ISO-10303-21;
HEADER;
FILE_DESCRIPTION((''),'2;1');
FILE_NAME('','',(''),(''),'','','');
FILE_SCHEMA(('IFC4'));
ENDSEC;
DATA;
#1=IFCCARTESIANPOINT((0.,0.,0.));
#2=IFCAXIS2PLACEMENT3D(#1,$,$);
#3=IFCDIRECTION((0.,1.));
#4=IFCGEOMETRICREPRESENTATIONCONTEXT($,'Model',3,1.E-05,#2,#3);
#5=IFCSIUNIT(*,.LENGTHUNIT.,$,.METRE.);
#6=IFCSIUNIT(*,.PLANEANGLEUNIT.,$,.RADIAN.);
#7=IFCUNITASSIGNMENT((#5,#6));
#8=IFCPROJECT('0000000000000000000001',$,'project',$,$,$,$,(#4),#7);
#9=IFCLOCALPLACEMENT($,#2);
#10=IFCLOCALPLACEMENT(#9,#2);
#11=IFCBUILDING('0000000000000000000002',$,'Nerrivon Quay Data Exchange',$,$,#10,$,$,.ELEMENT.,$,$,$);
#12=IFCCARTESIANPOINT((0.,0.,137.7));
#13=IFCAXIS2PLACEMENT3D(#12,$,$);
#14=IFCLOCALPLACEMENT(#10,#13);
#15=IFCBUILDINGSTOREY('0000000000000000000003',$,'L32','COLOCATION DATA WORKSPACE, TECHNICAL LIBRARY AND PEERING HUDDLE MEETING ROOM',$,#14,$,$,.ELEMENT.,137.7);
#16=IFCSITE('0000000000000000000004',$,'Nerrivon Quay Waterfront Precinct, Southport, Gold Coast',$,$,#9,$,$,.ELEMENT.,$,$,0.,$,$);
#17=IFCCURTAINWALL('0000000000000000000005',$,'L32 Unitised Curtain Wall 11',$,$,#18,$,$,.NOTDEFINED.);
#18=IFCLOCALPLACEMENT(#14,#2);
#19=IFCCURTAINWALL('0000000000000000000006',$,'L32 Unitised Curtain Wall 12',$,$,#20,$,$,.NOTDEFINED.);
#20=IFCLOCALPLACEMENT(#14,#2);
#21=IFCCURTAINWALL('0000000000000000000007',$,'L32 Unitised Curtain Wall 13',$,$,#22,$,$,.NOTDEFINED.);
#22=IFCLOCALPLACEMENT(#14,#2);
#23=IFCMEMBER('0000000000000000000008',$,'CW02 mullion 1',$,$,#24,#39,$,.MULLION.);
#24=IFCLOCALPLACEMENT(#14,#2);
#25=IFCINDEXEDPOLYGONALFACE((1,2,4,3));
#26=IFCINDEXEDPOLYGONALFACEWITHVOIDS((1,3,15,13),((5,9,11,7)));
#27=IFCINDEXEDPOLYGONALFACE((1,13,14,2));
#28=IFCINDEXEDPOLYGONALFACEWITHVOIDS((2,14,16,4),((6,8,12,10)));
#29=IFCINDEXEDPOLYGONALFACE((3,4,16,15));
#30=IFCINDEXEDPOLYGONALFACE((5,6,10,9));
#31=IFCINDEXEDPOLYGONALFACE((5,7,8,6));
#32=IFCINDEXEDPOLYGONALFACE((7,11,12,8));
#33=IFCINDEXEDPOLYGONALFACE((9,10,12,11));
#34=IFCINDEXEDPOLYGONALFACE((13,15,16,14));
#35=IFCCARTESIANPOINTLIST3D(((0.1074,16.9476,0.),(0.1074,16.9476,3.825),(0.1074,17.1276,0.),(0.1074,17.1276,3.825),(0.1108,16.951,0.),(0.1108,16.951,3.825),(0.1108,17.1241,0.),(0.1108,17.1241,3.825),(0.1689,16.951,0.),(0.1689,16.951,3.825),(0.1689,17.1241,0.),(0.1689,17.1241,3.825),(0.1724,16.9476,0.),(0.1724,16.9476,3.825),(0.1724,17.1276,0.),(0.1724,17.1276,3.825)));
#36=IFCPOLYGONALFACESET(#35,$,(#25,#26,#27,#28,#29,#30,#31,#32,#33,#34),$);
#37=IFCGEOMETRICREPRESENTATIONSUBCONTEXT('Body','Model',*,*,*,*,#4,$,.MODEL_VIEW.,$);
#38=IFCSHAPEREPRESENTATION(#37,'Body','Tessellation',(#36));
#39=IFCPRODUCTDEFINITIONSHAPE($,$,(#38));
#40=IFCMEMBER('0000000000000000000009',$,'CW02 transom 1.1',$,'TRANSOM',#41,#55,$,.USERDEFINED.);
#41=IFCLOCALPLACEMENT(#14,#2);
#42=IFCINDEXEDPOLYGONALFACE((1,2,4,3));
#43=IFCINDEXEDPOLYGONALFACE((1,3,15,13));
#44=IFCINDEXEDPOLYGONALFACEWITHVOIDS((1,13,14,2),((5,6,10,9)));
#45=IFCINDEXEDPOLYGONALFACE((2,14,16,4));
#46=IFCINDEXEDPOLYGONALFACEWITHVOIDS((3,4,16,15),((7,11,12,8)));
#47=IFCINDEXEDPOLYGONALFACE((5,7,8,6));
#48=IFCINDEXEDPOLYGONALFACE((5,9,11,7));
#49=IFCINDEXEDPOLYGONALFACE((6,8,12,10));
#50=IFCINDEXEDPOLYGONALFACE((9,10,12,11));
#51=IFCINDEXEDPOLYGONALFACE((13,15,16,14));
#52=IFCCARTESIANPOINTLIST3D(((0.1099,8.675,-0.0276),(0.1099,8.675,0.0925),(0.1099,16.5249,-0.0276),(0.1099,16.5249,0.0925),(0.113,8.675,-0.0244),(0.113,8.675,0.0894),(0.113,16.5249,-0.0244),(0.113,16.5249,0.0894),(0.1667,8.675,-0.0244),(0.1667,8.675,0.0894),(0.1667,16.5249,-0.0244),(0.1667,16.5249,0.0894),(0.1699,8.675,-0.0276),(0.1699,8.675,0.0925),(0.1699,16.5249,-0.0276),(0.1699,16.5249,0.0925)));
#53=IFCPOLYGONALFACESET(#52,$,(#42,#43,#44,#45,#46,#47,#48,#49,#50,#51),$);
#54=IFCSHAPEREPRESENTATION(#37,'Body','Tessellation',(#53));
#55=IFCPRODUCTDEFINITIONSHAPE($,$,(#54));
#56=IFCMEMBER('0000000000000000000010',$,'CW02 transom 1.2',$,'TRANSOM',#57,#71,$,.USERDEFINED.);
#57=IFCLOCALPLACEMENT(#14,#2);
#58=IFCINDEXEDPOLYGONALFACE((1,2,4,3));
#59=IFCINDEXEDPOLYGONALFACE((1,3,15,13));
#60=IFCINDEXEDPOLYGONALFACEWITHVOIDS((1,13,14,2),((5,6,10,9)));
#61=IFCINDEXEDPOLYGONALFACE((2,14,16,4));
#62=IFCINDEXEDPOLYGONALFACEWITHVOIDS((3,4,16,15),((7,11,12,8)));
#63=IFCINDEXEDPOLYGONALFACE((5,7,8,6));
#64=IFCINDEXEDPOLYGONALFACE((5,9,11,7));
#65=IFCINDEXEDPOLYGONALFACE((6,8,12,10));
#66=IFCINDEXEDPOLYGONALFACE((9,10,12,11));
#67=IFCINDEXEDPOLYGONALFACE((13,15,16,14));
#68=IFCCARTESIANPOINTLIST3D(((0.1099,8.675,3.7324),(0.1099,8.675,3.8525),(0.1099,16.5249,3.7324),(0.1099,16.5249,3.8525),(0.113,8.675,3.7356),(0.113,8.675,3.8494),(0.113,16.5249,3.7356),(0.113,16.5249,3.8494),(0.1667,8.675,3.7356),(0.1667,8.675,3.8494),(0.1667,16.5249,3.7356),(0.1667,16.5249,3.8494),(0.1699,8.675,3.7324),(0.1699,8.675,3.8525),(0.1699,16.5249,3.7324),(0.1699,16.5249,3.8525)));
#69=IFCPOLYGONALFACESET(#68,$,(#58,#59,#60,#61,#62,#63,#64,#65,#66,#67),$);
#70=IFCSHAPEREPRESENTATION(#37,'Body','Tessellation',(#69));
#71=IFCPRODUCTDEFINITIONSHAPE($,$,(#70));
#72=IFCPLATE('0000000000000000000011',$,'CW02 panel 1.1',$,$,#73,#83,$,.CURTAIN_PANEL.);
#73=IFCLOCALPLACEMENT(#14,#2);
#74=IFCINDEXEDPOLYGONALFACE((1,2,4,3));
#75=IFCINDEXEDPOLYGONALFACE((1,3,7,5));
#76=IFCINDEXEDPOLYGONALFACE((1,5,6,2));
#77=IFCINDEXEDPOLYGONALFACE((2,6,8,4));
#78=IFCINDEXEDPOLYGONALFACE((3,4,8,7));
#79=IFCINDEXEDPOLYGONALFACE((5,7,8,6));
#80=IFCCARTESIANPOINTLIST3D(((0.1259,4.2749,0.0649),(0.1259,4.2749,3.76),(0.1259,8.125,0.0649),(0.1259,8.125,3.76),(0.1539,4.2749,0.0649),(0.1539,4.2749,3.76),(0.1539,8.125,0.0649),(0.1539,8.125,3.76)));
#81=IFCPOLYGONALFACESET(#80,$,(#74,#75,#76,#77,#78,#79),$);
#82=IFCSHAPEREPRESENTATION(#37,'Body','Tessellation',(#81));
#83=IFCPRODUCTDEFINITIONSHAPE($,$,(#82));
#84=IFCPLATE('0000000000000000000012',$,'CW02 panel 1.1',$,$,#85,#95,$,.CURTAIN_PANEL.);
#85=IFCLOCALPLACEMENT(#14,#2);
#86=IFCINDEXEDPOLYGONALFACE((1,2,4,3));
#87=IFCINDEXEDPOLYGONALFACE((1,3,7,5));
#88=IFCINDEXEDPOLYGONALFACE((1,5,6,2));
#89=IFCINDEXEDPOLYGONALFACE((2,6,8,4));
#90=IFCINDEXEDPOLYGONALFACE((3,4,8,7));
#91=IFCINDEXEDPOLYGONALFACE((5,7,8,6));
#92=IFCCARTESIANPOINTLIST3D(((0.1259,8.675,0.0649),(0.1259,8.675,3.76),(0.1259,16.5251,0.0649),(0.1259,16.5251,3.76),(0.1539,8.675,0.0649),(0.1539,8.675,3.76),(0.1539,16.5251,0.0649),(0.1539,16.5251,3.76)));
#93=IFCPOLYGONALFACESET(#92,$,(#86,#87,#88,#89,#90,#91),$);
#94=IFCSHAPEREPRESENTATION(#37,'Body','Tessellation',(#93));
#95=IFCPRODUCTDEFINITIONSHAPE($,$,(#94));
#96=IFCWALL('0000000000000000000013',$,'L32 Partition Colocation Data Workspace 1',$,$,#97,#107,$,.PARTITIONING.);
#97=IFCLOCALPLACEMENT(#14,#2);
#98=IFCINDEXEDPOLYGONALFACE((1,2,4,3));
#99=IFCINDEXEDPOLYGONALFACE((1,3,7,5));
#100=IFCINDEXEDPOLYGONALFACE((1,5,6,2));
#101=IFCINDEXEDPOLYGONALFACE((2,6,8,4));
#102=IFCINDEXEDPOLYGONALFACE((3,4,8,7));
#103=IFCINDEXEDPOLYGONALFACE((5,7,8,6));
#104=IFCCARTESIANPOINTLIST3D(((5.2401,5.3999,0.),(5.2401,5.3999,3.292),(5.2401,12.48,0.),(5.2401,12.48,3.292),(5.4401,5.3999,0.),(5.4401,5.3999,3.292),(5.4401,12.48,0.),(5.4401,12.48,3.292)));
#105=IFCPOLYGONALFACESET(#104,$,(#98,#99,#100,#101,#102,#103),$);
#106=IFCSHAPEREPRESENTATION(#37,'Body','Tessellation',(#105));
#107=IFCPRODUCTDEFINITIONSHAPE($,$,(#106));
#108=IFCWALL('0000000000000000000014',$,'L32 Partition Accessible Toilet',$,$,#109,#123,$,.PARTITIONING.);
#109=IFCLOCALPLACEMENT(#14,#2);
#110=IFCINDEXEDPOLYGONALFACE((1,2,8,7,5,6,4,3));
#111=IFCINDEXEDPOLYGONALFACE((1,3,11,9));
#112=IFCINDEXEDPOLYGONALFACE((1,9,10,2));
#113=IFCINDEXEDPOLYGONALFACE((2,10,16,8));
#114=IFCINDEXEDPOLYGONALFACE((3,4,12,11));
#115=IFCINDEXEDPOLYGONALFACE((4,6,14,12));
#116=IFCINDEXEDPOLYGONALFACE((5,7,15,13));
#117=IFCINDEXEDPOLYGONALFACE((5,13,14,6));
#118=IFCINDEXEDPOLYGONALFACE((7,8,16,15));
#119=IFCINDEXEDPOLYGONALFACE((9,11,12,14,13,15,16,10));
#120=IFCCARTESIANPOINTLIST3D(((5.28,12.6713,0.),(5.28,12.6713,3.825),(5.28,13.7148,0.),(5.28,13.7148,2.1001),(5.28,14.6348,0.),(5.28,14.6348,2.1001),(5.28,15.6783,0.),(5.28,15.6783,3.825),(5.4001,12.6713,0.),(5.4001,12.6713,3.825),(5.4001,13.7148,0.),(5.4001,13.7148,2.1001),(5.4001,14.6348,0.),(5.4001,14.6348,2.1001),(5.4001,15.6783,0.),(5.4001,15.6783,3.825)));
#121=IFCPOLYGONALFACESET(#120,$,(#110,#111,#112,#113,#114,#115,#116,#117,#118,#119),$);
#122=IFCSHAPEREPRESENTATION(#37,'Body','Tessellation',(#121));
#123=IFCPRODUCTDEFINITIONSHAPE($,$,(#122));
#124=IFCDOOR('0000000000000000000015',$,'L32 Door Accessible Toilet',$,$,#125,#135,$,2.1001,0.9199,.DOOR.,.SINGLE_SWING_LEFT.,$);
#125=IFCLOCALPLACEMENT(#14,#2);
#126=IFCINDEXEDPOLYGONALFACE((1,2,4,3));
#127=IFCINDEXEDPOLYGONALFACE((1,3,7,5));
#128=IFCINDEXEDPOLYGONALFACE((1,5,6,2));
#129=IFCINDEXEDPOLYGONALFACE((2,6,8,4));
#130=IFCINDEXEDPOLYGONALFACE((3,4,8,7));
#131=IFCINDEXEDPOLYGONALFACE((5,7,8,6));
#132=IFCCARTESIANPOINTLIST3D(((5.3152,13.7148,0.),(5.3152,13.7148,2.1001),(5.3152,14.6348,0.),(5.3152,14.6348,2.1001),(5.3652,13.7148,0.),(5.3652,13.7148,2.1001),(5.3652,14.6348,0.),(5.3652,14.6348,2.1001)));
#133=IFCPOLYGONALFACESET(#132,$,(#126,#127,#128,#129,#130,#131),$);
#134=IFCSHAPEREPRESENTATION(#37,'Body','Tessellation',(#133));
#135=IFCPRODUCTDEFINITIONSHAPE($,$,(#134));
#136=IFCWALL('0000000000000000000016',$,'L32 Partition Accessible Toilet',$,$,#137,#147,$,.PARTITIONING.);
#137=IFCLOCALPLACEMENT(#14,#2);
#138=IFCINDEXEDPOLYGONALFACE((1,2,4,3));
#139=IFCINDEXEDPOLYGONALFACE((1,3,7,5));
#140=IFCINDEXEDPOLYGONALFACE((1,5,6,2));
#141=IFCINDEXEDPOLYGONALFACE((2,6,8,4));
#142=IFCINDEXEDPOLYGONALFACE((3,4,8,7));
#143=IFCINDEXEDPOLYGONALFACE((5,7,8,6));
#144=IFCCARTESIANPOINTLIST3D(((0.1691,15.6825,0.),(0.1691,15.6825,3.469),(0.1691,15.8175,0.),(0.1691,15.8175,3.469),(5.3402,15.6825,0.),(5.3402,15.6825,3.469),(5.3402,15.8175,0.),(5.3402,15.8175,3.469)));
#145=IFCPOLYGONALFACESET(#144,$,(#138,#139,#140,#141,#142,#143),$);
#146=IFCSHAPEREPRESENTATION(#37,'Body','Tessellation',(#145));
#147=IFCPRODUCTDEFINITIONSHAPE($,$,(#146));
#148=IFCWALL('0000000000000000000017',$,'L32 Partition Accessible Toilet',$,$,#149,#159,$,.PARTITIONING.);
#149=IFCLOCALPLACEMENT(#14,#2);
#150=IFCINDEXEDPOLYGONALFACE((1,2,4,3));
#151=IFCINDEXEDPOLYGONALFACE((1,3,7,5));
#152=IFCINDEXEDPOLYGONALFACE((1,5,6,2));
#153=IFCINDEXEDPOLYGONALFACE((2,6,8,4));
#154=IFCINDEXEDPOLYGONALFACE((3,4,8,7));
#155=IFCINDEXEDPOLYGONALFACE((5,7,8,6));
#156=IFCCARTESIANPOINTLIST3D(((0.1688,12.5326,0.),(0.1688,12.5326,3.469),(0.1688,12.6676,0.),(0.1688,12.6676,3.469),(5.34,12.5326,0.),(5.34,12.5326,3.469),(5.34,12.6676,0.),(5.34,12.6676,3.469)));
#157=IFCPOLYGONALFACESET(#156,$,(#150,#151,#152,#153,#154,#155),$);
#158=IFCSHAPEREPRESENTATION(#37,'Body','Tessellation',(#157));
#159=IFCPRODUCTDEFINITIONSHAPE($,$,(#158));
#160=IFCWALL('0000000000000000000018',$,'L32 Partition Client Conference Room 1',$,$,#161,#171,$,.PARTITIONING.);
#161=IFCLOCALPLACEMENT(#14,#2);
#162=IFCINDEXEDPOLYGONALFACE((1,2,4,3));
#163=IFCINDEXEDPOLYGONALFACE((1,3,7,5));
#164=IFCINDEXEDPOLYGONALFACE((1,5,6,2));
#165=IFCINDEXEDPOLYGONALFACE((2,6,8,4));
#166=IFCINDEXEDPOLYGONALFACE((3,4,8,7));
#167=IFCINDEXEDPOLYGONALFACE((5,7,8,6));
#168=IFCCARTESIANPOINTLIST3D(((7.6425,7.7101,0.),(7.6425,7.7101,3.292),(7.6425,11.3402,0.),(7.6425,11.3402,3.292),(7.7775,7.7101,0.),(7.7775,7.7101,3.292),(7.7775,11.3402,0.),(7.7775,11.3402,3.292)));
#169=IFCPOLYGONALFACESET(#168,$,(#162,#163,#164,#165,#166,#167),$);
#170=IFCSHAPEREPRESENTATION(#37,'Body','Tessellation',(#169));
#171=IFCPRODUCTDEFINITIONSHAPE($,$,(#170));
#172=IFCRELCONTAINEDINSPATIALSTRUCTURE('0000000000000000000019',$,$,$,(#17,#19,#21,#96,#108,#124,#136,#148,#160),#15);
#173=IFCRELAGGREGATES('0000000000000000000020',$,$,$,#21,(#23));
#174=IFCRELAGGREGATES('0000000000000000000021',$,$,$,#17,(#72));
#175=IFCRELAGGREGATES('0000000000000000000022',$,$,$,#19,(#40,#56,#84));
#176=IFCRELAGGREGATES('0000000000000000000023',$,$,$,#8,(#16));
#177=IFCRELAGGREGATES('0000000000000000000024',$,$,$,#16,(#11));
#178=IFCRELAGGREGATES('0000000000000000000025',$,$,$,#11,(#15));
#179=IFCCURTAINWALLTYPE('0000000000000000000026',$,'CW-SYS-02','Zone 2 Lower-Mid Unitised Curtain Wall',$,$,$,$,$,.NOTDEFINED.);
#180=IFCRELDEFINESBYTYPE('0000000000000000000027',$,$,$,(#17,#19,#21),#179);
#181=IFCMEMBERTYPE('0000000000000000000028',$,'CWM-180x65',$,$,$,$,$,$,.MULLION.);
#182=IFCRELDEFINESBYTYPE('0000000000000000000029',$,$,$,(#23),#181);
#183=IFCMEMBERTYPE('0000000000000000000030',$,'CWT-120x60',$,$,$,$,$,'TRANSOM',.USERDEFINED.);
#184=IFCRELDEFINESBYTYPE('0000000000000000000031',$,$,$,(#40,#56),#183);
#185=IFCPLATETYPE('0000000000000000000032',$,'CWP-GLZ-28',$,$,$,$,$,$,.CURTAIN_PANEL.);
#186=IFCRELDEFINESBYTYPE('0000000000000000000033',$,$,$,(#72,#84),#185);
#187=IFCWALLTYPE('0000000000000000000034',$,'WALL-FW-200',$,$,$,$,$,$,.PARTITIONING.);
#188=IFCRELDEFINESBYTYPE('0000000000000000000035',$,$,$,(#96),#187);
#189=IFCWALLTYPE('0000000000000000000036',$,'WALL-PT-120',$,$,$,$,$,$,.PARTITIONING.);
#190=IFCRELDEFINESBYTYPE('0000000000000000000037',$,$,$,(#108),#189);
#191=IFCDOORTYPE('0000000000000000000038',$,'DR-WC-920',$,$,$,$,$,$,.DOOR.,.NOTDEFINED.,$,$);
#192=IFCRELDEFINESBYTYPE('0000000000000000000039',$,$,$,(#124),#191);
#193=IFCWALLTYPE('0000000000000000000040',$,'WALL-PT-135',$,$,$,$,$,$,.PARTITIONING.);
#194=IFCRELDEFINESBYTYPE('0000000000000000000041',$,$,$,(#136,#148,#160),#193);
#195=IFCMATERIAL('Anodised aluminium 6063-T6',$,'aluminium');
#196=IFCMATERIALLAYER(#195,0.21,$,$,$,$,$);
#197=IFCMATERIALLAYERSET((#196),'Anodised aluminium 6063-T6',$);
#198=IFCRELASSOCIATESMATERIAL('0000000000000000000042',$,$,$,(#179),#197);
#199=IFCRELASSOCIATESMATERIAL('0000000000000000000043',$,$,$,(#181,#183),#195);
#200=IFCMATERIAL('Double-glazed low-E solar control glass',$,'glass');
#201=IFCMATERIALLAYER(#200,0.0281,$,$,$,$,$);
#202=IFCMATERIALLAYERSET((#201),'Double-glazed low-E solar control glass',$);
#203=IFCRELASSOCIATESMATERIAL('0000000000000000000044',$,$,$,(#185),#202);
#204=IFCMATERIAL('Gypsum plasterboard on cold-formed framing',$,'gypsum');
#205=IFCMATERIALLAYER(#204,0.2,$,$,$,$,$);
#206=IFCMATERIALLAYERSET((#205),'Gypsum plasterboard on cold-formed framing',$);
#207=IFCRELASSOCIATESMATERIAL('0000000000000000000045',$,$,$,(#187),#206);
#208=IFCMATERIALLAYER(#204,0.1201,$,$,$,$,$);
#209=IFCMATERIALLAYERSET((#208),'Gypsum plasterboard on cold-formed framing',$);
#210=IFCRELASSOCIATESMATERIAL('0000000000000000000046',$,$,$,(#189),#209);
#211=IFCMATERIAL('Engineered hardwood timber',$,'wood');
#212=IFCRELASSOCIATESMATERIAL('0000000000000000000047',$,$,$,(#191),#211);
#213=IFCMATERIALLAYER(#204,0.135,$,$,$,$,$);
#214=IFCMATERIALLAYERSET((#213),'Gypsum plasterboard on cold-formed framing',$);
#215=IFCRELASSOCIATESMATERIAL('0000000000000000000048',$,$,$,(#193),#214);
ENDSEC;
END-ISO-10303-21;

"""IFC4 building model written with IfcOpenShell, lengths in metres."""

from ifc_helpers import new_model, si_unit, direction, frame, frame_2d, origin, origin_2d, place, context, subcontext, project, spatial, rectangle, hollow_rectangle, extrude, material, layer, layer_set, material_profile, profile_set, type_object, element, fill, aggregate, save


model = new_model("IFC4")

# Units and contexts
model_context = context("Model", 3, precision=1e-05, world=origin(), true_north=direction((0.0, 1.0)))
body_context = subcontext(model_context, "Body", "Model", "MODEL_VIEW")
ifc_project = project(units=[si_unit("LENGTHUNIT", "METRE"), si_unit("PLANEANGLEUNIT", "RADIAN")], contexts=[model_context])

# Site, building, storey
site_placement = place(None, origin())
site = spatial("IfcSite", under=ifc_project, at=site_placement, Name="Nerrivon Quay Waterfront Precinct, Southport, Gold Coast", CompositionType="ELEMENT", RefElevation=0.0)
building_placement = place(site_placement, origin())
building = spatial("IfcBuilding", under=site, at=building_placement, Name="Nerrivon Quay Data Exchange", CompositionType="ELEMENT")
storey_placement = place(building_placement, frame((0.0, 0.0, 137.7)))
storey = spatial("IfcBuildingStorey", under=building, at=storey_placement, Name="L32", Description="COLOCATION DATA WORKSPACE, TECHNICAL LIBRARY AND PEERING HUDDLE MEETING ROOM", CompositionType="ELEMENT", Elevation=137.7)

# Curtain wall
ifc_material_1 = material(Name="Anodised aluminium 6063-T6", Category="aluminium")
ifc_layer_1 = layer(ifc_material_1, 0.21)
ifc_layer_set_1 = layer_set([ifc_layer_1], Name="Anodised aluminium 6063-T6")
curtain_wall_type = type_object("IfcCurtainWallType", Name="CW-SYS-02", Description="Zone 2 Lower-Mid Unitised Curtain Wall", PredefinedType="NOTDEFINED", material=ifc_layer_set_1)
curtain_wall_1_placement = place(storey_placement, origin())
curtain_wall_1 = element("IfcCurtainWall", 1, at=curtain_wall_1_placement, inside=storey, type_object=curtain_wall_type, Name="L32 Unitised Curtain Wall 11", PredefinedType="NOTDEFINED")
ifc_material_profile_1 = material_profile(ifc_material_1, hollow_rectangle(XDim=0.0649, YDim=0.1799, WallThickness=0.0034, at=origin_2d()), Name="ALU-MULL-180x65")
ifc_profile_set_1 = profile_set([ifc_material_profile_1], Name="Anodised aluminium 6063-T6")
member_type_1 = type_object("IfcMemberType", Name="CWM-180x65", PredefinedType="MULLION", material=ifc_profile_set_1)

# Curtain wall
curtain_wall_2_placement = place(storey_placement, origin())
curtain_wall_2 = element("IfcCurtainWall", 2, at=curtain_wall_2_placement, inside=storey, type_object=curtain_wall_type, Name="L32 Unitised Curtain Wall 12", PredefinedType="NOTDEFINED")

# Curtain wall, member
curtain_wall_3_placement = place(storey_placement, origin())
curtain_wall_3 = element("IfcCurtainWall", 3, at=curtain_wall_3_placement, inside=storey, type_object=curtain_wall_type, Name="L32 Unitised Curtain Wall 13", PredefinedType="NOTDEFINED")
member_1_placement = place(storey_placement, frame((0.1399, 17.0376, 0.0), z_axis=(0.0, 0.0, 1.0), x_axis=(-1.0, 0.0, 0.0)))
member_1 = element("IfcMember", 4, at=member_1_placement, type_object=member_type_1, Name="CW02 mullion 1", PredefinedType="MULLION", context=body_context, shape_type="SweptSolid", body=[
    extrude(hollow_rectangle(XDim=0.0649, YDim=0.1799, WallThickness=0.0034, at=origin_2d()), origin(), (0.0, 0.0, 1.0), 3.825),
])
aggregate(curtain_wall_3, [member_1])

# Members
ifc_material_profile_2 = material_profile(ifc_material_1, hollow_rectangle(XDim=0.0601, YDim=0.1201, WallThickness=0.0032, at=origin_2d()), Name="ALU-TRAN-120x60")
ifc_profile_set_2 = profile_set([ifc_material_profile_2], Name="Anodised aluminium 6063-T6")
member_type_2 = type_object("IfcMemberType", Name="CWT-120x60", ElementType="TRANSOM", PredefinedType="USERDEFINED", material=ifc_profile_set_2)
member_2_placement = place(storey_placement, frame((0.1399, 8.675, 0.0325), z_axis=(0.0, 1.0, 0.0), x_axis=(-1.0, 0.0, 0.0)))
member_2 = element("IfcMember", 5, at=member_2_placement, type_object=member_type_2, Name="CW02 transom 1.1", ObjectType="TRANSOM", PredefinedType="USERDEFINED", context=body_context, shape_type="SweptSolid", body=[
    extrude(hollow_rectangle(XDim=0.0601, YDim=0.1201, WallThickness=0.0032, at=origin_2d()), origin(), (0.0, 0.0, 1.0), 7.8499),
])
member_3_placement = place(storey_placement, frame((0.1399, 8.675, 3.7925), z_axis=(0.0, 1.0, 0.0), x_axis=(-1.0, 0.0, 0.0)))
member_3 = element("IfcMember", 6, at=member_3_placement, type_object=member_type_2, Name="CW02 transom 1.2", ObjectType="TRANSOM", PredefinedType="USERDEFINED", context=body_context, shape_type="SweptSolid", body=[
    extrude(hollow_rectangle(XDim=0.0601, YDim=0.1201, WallThickness=0.0032, at=origin_2d()), origin(), (0.0, 0.0, 1.0), 7.8499),
])

# Plates
ifc_material_2 = material(Name="Double-glazed low-E solar control glass", Category="glass")
ifc_layer_2 = layer(ifc_material_2, 0.0281)
ifc_layer_set_2 = layer_set([ifc_layer_2], Name="Double-glazed low-E solar control glass")
plate_type = type_object("IfcPlateType", Name="CWP-GLZ-28", PredefinedType="CURTAIN_PANEL", material=ifc_layer_set_2)
plate_1_placement = place(storey_placement, frame((0.1399, 6.2, 0.0649), z_axis=(0.0, 0.0, 1.0), x_axis=(0.0, 1.0, 0.0)))
plate_1 = element("IfcPlate", 7, at=plate_1_placement, type_object=plate_type, Name="CW02 panel 1.1", PredefinedType="CURTAIN_PANEL", context=body_context, shape_type="SweptSolid", body=[
    extrude(rectangle(XDim=3.8501, YDim=0.0281, at=origin_2d()), origin(), (0.0, 0.0, 1.0), 3.6951),
])
aggregate(curtain_wall_1, [plate_1])
plate_2_placement = place(storey_placement, frame((0.1399, 12.6001, 0.0649), z_axis=(0.0, 0.0, 1.0), x_axis=(0.0, 1.0, 0.0)))
plate_2 = element("IfcPlate", 8, at=plate_2_placement, type_object=plate_type, Name="CW02 panel 1.1", PredefinedType="CURTAIN_PANEL", context=body_context, shape_type="SweptSolid", body=[
    extrude(rectangle(XDim=7.8501, YDim=0.0281, at=origin_2d()), origin(), (0.0, 0.0, 1.0), 3.6951),
])
aggregate(curtain_wall_2, [member_2, member_3, plate_2])

# Wall
ifc_material_3 = material(Name="Gypsum plasterboard on cold-formed framing", Category="gypsum")
ifc_layer_3 = layer(ifc_material_3, 0.2)
ifc_layer_set_3 = layer_set([ifc_layer_3], Name="Gypsum plasterboard on cold-formed framing")
wall_type_1 = type_object("IfcWallType", Name="WALL-FW-200", PredefinedType="PARTITIONING", material=ifc_layer_set_3)
wall_1_placement = place(storey_placement, frame((5.3401, 5.3999, 0.0), z_axis=(0.0, 0.0, 1.0), x_axis=(0.0, 1.0, 0.0)))
element("IfcWall", 9, at=wall_1_placement, inside=storey, type_object=wall_type_1, Name="L32 Partition Colocation Data Workspace 1", PredefinedType="PARTITIONING", context=body_context, shape_type="SweptSolid", body=[
    extrude(rectangle(XDim=7.0801, YDim=0.2, at=frame_2d((3.54, 0.0))), origin(), (0.0, 0.0, 1.0), 3.292),
])

# Wall, opening, door
ifc_layer_4 = layer(ifc_material_3, 0.1201)
ifc_layer_set_4 = layer_set([ifc_layer_4], Name="Gypsum plasterboard on cold-formed framing")
wall_type_2 = type_object("IfcWallType", Name="WALL-PT-120", PredefinedType="PARTITIONING", material=ifc_layer_set_4)
wall_2_placement = place(storey_placement, frame((5.3401, 12.6714, 0.0), z_axis=(0.0, 0.0, 1.0), x_axis=(0.0, 1.0, 0.0)))
wall_2 = element("IfcWall", 10, at=wall_2_placement, inside=storey, type_object=wall_type_2, Name="L32 Partition Accessible Toilet", PredefinedType="PARTITIONING", context=body_context, shape_type="SweptSolid", body=[
    extrude(rectangle(XDim=3.0071, YDim=0.1201, at=frame_2d((1.5034, 0.0))), origin(), (0.0, 0.0, 1.0), 3.825),
])
opening_1_placement = place(wall_2_placement, frame((1.0435, 0.0, 0.0)))
opening_1 = element("IfcOpeningElement", 11, at=opening_1_placement, cuts=wall_2, PredefinedType="OPENING", context=body_context, shape_type="SweptSolid", body=[
    extrude(rectangle(XDim=0.9199, YDim=2.1001, at=frame_2d((0.46, 1.05))), frame((0.0, 0.0701, 0.0), z_axis=(0.0, -1.0, 0.0), x_axis=(1.0, 0.0, 0.0)), (0.0, 0.0, 1.0), 0.1401),
])
ifc_material_4 = material(Name="Engineered hardwood timber", Category="wood")
door_type_1 = type_object("IfcDoorType", Name="DR-WC-920", OperationType="NOTDEFINED", PredefinedType="DOOR", material=ifc_material_4)
door_1_placement = place(opening_1_placement, origin())
door_1 = element("IfcDoor", 12, at=door_1_placement, inside=storey, type_object=door_type_1, Name="L32 Door Accessible Toilet", OperationType="SINGLE_SWING_LEFT", OverallHeight=2.1001, OverallWidth=0.9199, PredefinedType="DOOR", context=body_context, shape_type="SweptSolid", body=[
    extrude(rectangle(XDim=0.9199, YDim=2.1001, at=frame_2d((0.46, 1.05))), frame((0.0, 0.0249, 0.0), z_axis=(0.0, -1.0, 0.0), x_axis=(1.0, 0.0, 0.0)), (0.0, 0.0, 1.0), 0.05),
])
fill(opening_1, door_1)

# Walls
ifc_layer_5 = layer(ifc_material_3, 0.135)
ifc_layer_set_5 = layer_set([ifc_layer_5], Name="Gypsum plasterboard on cold-formed framing")
wall_type_3 = type_object("IfcWallType", Name="WALL-PT-135", PredefinedType="PARTITIONING", material=ifc_layer_set_5)
for number, where, z_axis, x_axis, name in (
    (13, (5.3401, 15.75, 0.0), (0.0, 0.0, 1.0), (-1.0, 0.0, 0.0), "L32 Partition Accessible Toilet"),
    (14, (0.1689, 12.6001, 0.0), (0.0, 0.0, 1.0), (1.0, 0.0, 0.0), "L32 Partition Accessible Toilet"),
):
    element("IfcWall", number, at=place(storey_placement, frame(where, z_axis=z_axis, x_axis=x_axis)), inside=storey, type_object=wall_type_3, Name=name, PredefinedType="PARTITIONING", context=body_context, shape_type="SweptSolid", body=[
        extrude(rectangle(XDim=5.1711, YDim=0.135, at=frame_2d((2.5854, 0.0))), origin(), (0.0, 0.0, 1.0), 3.469),
    ])
wall_3_placement = place(storey_placement, frame((7.71, 11.3401, 0.0), z_axis=(0.0, 0.0, 1.0), x_axis=(0.0, -1.0, 0.0)))
element("IfcWall", 15, at=wall_3_placement, inside=storey, type_object=wall_type_3, Name="L32 Partition Client Conference Room 1", PredefinedType="PARTITIONING", context=body_context, shape_type="SweptSolid", body=[
    extrude(rectangle(XDim=3.6301, YDim=0.135, at=frame_2d((1.8149, 0.0))), origin(), (0.0, 0.0, 1.0), 3.292),
])

save(model, "model.ifc")
